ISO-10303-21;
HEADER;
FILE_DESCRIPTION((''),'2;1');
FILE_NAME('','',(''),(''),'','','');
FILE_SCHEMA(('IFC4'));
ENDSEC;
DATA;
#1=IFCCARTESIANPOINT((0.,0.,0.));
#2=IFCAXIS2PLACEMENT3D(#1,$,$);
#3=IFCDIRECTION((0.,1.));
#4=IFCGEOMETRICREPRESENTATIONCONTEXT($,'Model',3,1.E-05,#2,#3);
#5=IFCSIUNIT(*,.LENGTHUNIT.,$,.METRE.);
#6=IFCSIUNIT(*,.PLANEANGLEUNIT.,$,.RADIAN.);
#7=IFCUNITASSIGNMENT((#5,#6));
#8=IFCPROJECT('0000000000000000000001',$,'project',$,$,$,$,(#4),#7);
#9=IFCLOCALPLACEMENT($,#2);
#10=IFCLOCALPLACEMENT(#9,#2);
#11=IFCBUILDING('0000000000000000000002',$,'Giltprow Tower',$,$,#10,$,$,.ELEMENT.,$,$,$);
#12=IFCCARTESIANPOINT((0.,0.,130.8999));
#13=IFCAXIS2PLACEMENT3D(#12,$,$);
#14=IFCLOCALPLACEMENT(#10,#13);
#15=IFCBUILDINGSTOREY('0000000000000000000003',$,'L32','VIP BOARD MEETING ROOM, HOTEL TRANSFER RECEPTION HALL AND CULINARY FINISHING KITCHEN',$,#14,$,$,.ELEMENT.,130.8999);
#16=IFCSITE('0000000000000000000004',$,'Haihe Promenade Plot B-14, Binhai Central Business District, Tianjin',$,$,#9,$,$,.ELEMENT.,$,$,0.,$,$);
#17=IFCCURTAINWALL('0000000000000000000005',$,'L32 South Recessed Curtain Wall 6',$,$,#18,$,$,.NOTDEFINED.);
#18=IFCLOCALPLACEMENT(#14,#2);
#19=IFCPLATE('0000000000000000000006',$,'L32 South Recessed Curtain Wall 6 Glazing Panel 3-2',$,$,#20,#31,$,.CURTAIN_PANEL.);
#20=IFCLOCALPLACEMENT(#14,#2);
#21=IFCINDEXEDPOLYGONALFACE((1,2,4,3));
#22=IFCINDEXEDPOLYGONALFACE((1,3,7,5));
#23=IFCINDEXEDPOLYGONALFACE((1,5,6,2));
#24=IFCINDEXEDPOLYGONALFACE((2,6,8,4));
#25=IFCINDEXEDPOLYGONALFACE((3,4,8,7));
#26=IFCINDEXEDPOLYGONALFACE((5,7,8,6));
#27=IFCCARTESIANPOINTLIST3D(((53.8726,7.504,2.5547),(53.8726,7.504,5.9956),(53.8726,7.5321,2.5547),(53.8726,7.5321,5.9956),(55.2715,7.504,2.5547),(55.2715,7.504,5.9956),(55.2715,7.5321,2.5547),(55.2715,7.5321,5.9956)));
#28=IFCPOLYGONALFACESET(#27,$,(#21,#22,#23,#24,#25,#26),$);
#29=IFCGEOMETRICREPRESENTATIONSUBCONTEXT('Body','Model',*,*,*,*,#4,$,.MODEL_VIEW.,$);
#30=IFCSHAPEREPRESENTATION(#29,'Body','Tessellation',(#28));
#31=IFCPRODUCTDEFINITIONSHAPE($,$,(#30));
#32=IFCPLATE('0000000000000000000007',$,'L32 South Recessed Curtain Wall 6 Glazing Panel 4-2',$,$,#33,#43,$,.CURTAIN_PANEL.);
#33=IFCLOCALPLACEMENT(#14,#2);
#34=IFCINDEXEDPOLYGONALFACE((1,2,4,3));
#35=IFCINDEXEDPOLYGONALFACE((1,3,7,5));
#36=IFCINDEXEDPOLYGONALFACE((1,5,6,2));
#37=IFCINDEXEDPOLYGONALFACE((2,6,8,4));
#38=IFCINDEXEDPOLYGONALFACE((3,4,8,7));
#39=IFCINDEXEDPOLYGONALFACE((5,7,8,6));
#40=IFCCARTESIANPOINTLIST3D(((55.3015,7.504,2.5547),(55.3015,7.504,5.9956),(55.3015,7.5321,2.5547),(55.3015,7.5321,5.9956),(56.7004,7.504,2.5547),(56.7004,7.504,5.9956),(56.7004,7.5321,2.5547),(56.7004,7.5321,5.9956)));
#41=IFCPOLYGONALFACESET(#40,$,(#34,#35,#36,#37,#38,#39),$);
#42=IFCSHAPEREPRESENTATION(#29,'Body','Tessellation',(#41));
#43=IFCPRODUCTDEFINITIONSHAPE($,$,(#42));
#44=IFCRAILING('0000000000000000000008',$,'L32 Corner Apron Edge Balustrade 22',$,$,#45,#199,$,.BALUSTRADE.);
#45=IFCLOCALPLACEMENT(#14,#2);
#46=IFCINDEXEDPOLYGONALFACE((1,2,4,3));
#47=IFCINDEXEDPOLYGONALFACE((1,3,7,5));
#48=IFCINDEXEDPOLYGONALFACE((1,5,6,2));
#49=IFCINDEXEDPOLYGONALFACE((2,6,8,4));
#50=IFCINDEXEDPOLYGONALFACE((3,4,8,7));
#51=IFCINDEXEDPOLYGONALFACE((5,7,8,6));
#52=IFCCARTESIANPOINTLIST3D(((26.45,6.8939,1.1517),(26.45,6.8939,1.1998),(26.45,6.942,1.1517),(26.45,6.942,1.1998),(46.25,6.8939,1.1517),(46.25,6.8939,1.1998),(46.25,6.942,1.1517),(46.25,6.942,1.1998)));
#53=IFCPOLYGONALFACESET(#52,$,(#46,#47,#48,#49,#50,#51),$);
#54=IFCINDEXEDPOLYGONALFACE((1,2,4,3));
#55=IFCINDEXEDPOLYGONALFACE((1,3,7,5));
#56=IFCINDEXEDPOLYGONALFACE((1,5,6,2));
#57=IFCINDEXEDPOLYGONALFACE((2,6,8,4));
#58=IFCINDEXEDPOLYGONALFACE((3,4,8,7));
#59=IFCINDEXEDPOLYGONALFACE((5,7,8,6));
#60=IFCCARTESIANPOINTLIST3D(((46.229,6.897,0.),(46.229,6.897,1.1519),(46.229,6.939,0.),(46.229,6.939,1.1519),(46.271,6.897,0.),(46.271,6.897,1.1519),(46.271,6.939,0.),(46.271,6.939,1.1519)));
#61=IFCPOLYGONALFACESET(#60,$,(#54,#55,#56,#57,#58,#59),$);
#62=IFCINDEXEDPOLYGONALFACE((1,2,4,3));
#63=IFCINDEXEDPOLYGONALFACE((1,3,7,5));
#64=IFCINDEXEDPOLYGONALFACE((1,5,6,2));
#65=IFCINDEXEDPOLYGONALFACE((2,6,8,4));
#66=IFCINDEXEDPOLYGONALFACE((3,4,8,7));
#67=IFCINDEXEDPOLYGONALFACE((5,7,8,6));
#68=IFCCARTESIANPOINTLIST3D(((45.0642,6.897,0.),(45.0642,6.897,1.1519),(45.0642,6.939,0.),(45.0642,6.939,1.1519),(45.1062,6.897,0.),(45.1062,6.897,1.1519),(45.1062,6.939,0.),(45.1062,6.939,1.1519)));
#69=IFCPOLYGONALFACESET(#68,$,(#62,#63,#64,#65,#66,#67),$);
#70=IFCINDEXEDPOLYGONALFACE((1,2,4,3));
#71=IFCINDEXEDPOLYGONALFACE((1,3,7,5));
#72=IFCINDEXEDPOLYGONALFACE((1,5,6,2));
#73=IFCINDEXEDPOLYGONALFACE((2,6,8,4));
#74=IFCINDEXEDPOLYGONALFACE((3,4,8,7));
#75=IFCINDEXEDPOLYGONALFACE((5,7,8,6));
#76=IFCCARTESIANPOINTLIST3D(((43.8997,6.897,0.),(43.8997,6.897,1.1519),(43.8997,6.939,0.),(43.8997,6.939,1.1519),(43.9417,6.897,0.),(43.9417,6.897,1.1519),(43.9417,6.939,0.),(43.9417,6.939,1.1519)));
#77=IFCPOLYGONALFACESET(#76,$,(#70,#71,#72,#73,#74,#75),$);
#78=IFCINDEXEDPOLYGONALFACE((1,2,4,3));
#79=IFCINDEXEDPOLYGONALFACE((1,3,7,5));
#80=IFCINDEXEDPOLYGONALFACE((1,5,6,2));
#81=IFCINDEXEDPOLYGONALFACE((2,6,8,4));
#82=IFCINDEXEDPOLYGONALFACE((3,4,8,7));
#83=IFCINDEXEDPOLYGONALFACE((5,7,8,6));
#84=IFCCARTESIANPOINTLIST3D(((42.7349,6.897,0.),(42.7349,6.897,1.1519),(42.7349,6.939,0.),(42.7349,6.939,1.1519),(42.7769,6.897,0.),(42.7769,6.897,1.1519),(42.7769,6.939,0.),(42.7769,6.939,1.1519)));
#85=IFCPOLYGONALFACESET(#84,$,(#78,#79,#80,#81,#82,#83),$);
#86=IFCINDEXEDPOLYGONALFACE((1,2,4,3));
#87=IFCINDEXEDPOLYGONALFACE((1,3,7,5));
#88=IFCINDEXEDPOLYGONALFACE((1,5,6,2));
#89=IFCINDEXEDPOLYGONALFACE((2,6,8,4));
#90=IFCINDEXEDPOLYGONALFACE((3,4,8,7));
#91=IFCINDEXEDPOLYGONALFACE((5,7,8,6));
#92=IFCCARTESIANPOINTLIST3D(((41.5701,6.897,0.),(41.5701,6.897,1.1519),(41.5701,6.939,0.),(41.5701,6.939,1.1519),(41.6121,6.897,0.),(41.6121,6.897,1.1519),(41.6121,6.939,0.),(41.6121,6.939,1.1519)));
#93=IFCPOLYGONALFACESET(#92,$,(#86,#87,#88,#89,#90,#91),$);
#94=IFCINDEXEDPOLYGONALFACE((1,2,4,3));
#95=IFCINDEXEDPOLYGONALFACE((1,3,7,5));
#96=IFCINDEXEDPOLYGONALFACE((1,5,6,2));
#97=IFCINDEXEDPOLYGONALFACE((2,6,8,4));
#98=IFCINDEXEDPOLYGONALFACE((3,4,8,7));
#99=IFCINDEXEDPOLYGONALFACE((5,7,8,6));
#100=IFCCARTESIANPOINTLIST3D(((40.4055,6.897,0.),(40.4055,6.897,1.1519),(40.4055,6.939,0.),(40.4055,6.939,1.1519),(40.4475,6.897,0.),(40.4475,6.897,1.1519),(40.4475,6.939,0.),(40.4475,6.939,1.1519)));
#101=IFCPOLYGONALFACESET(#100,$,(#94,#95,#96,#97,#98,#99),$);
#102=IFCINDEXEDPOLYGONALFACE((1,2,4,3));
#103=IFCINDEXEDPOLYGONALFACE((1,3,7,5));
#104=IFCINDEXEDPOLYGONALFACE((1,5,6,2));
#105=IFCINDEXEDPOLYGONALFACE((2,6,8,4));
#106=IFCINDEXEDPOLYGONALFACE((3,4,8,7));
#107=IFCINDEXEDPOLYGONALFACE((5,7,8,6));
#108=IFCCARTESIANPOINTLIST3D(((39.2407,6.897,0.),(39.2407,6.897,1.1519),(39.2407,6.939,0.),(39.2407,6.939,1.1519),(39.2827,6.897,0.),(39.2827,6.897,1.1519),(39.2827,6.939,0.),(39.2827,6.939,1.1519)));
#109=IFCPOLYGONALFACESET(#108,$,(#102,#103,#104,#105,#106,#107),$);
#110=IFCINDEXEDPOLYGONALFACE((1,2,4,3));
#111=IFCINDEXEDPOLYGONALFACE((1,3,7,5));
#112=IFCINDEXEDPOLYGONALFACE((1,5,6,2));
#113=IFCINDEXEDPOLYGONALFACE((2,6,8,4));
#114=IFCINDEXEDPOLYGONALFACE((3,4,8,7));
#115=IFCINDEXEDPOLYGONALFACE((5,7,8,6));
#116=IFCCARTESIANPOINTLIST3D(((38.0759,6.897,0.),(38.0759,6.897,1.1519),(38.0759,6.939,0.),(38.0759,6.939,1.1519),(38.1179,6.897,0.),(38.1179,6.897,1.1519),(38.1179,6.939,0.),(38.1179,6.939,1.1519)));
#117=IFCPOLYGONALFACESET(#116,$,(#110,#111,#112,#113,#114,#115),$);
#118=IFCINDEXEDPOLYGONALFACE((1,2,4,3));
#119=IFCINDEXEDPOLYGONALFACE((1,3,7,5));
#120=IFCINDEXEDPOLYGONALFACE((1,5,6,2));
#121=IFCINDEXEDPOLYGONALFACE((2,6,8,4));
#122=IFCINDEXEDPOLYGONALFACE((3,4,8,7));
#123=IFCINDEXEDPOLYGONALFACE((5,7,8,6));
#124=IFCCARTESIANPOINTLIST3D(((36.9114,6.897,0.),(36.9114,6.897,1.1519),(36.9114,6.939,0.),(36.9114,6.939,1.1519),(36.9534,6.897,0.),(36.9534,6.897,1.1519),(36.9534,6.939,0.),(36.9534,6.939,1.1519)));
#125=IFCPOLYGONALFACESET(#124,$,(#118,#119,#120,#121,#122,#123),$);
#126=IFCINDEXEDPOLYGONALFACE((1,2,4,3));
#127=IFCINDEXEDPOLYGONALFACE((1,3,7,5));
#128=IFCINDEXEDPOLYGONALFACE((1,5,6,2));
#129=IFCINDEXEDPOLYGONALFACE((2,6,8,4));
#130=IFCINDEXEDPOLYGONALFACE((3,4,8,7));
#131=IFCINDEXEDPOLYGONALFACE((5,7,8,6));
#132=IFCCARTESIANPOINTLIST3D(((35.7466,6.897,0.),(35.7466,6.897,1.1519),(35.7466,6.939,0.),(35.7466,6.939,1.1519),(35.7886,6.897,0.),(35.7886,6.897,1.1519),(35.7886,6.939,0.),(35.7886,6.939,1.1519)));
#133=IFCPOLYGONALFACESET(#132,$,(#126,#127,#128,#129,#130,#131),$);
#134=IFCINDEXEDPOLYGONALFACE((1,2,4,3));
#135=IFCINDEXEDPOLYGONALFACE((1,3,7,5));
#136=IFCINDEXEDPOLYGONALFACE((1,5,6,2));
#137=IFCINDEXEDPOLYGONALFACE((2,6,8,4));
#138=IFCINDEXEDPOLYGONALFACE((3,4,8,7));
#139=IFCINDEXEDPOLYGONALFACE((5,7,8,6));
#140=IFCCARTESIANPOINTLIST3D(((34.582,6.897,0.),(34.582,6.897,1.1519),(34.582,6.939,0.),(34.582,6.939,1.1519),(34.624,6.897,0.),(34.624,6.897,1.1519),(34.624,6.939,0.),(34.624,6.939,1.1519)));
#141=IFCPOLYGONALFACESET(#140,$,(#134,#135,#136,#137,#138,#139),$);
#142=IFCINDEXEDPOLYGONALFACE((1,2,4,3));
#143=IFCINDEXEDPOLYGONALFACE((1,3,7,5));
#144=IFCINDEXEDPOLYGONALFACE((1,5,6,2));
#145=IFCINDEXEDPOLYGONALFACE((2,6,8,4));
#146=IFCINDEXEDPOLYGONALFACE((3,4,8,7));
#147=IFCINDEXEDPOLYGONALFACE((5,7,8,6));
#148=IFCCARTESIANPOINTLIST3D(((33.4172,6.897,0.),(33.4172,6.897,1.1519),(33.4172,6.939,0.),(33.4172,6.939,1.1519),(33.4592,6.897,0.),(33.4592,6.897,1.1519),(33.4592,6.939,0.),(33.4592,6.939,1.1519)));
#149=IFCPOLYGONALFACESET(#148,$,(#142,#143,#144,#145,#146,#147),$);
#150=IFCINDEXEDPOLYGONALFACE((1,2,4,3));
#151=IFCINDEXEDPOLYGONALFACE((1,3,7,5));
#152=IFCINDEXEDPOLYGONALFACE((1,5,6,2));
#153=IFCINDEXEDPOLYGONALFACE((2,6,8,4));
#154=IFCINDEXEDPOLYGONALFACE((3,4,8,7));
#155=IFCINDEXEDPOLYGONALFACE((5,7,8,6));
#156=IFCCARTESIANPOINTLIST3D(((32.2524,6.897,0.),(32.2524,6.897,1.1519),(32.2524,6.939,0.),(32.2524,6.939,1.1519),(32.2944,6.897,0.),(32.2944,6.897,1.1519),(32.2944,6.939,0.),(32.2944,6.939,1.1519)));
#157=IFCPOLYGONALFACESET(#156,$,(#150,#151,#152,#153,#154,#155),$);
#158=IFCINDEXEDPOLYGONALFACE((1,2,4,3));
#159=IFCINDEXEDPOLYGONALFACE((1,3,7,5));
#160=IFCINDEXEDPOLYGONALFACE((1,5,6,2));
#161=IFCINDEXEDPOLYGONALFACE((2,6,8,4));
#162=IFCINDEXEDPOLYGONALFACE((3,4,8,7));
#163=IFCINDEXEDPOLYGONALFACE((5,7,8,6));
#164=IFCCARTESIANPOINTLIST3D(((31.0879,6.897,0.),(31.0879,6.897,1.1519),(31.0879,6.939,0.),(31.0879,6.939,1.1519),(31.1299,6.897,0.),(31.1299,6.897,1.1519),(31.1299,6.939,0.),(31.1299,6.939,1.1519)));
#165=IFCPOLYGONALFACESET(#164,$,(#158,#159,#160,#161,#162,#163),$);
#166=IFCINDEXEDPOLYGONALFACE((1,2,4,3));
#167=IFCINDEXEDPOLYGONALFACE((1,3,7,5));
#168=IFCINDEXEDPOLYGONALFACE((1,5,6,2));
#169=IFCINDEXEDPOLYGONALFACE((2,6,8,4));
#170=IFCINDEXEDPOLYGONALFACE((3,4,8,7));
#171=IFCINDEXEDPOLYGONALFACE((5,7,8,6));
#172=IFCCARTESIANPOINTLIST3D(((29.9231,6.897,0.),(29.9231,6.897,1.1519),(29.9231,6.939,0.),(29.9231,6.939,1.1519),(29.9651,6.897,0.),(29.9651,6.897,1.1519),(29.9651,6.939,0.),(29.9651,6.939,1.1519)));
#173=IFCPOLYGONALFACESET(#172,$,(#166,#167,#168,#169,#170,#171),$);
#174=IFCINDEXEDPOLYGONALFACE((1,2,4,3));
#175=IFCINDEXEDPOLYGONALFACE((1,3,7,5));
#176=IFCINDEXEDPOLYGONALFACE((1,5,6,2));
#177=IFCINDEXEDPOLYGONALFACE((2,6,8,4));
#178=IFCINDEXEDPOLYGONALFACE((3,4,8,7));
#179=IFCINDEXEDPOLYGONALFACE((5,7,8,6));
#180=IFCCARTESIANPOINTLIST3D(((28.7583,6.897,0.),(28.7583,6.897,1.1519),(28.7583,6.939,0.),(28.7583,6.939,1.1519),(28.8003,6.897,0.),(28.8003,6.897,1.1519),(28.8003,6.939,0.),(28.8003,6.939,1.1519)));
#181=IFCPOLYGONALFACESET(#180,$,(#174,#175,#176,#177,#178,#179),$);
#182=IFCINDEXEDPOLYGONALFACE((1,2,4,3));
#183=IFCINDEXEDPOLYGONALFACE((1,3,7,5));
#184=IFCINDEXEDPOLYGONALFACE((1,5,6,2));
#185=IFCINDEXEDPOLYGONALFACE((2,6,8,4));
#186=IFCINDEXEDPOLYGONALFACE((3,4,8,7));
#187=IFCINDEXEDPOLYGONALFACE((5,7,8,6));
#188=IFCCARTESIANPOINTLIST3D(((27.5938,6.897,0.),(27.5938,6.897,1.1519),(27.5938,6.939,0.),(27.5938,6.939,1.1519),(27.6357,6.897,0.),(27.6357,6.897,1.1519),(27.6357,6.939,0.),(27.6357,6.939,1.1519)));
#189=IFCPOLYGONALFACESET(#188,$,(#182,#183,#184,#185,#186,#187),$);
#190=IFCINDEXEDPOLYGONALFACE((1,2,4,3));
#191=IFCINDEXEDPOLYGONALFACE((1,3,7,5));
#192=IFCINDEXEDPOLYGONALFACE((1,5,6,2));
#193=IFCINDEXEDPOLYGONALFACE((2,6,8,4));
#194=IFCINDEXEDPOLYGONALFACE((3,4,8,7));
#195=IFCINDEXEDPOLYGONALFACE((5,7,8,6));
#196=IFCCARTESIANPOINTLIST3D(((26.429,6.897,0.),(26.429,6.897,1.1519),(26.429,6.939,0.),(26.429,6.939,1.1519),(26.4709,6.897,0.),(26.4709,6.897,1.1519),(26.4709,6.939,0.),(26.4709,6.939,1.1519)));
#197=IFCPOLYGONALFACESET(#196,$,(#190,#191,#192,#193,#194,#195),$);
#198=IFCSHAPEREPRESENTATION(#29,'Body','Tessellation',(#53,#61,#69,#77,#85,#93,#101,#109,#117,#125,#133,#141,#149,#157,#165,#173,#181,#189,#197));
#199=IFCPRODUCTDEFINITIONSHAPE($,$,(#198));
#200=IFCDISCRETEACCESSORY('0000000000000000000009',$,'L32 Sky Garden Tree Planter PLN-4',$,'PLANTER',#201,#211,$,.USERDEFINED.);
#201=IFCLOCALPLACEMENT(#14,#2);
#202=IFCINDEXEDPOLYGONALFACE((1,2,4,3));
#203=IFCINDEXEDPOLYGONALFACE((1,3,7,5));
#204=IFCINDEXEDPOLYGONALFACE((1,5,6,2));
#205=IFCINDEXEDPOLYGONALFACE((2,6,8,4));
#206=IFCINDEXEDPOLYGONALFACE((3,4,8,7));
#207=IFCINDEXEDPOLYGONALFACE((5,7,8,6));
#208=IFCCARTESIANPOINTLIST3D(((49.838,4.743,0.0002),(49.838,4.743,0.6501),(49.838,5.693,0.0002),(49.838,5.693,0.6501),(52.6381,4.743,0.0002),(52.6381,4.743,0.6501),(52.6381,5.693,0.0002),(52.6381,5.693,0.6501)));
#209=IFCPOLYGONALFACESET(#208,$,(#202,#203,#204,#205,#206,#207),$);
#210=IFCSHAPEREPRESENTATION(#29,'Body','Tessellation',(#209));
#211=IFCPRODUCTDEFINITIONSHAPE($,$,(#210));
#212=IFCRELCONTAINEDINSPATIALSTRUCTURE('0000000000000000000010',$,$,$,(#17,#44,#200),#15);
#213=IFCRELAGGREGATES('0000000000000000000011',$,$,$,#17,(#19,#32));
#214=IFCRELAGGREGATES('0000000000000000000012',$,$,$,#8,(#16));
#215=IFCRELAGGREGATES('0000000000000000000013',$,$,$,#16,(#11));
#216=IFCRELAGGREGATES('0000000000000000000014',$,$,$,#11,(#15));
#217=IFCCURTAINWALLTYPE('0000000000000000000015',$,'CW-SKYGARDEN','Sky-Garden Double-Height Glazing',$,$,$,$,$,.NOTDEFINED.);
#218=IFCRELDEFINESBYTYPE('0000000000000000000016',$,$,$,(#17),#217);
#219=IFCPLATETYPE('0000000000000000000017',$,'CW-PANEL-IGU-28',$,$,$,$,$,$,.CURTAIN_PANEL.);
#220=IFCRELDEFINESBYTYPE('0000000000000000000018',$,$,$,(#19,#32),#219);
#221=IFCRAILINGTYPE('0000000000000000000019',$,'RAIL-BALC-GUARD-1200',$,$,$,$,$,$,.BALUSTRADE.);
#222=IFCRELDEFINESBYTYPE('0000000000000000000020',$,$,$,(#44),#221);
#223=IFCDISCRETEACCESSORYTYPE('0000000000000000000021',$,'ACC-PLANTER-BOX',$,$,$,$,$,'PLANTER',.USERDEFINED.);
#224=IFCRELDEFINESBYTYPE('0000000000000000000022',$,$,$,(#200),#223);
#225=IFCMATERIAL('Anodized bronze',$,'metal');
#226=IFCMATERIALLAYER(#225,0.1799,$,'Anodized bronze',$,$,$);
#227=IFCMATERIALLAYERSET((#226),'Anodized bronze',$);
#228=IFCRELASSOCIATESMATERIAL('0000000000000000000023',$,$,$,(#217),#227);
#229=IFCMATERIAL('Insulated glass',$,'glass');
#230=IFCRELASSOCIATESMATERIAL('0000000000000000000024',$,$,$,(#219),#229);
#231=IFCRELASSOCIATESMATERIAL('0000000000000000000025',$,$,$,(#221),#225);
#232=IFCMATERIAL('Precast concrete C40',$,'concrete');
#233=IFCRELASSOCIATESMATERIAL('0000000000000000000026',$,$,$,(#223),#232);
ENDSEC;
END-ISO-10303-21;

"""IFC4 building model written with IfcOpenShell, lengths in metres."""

from ifc_helpers import new_model, si_unit, direction, frame, origin, origin_2d, place, context, subcontext, project, spatial, rectangle, extrude, source, transform, mapped, material, layer, layer_set, type_object, element, aggregate, save


model = new_model("IFC4")

# Units and contexts
model_context = context("Model", 3, precision=1e-05, world=origin(), true_north=direction((0.0, 1.0)))
body_context = subcontext(model_context, "Body", "Model", "MODEL_VIEW")
ifc_project = project(units=[si_unit("LENGTHUNIT", "METRE"), si_unit("PLANEANGLEUNIT", "RADIAN")], contexts=[model_context])

# Site, building, storey
site_placement = place(None, origin())
site = spatial("IfcSite", under=ifc_project, at=site_placement, Name="Haihe Promenade Plot B-14, Binhai Central Business District, Tianjin", CompositionType="ELEMENT", RefElevation=0.0)
building_placement = place(site_placement, origin())
building = spatial("IfcBuilding", under=site, at=building_placement, Name="Giltprow Tower", CompositionType="ELEMENT")
storey_placement = place(building_placement, frame((0.0, 0.0, 130.8999)))
storey = spatial("IfcBuildingStorey", under=building, at=storey_placement, Name="L32", Description="VIP BOARD MEETING ROOM, HOTEL TRANSFER RECEPTION HALL AND CULINARY FINISHING KITCHEN", CompositionType="ELEMENT", Elevation=130.8999)

# Curtain wall
ifc_material_1 = material(Name="Anodized bronze", Category="metal")
ifc_layer = layer(ifc_material_1, 0.1799, Name="Anodized bronze")
ifc_layer_set = layer_set([ifc_layer], Name="Anodized bronze")
curtain_wall_type = type_object("IfcCurtainWallType", Name="CW-SKYGARDEN", Description="Sky-Garden Double-Height Glazing", PredefinedType="NOTDEFINED", material=ifc_layer_set)
curtain_wall_placement = place(storey_placement, origin())
curtain_wall = element("IfcCurtainWall", 1, at=curtain_wall_placement, inside=storey, type_object=curtain_wall_type, Name="L32 South Recessed Curtain Wall 6", PredefinedType="NOTDEFINED")

# Plates
ifc_material_2 = material(Name="Insulated glass", Category="glass")
plate_type_1 = type_object("IfcPlateType", Name="CW-PANEL-IGU-28", PredefinedType="CURTAIN_PANEL", material=ifc_material_2)
shared_shape_1 = source(origin(), body_context, "Body", "SweptSolid", [
    extrude(rectangle(XDim=1.3989, YDim=0.0281, at=origin_2d()), origin(), (0.0, 0.0, 1.0), 3.4409),
])
plate_1_placement = place(storey_placement, frame((54.572, 7.5181, 2.5547), z_axis=(0.0, 0.0, 1.0), x_axis=(1.0, 0.0, 0.0)))
plate_1 = element("IfcPlate", 2, at=plate_1_placement, type_object=plate_type_1, Name="L32 South Recessed Curtain Wall 6 Glazing Panel 3-2", PredefinedType="CURTAIN_PANEL", context=body_context, shape_type="MappedRepresentation", body=[
    mapped(shared_shape_1, transform((0.0, 0.0, 0.0), x_axis=(1.0, 0.0, 0.0), y_axis=(0.0, 1.0, 0.0), z_axis=(0.0, 0.0, 1.0), scale=1.0)),
])
plate_2_placement = place(storey_placement, frame((56.001, 7.5181, 2.5547), z_axis=(0.0, 0.0, 1.0), x_axis=(1.0, 0.0, 0.0)))
plate_2 = element("IfcPlate", 3, at=plate_2_placement, type_object=plate_type_1, Name="L32 South Recessed Curtain Wall 6 Glazing Panel 4-2", PredefinedType="CURTAIN_PANEL", context=body_context, shape_type="MappedRepresentation", body=[
    mapped(shared_shape_1, transform((0.0, 0.0, 0.0), x_axis=(1.0, 0.0, 0.0), y_axis=(0.0, 1.0, 0.0), z_axis=(0.0, 0.0, 1.0), scale=1.0)),
])
aggregate(curtain_wall, [plate_1, plate_2])

# Railing
railing_type = type_object("IfcRailingType", Name="RAIL-BALC-GUARD-1200", PredefinedType="BALUSTRADE", material=ifc_material_1)
railing_placement = place(storey_placement, frame((46.25, 6.918, 0.0)))
element("IfcRailing", 4, at=railing_placement, inside=storey, type_object=railing_type, Name="L32 Corner Apron Edge Balustrade 22", PredefinedType="BALUSTRADE", context=body_context, shape_type="SweptSolid", body=[
    extrude(rectangle(XDim=0.0481, YDim=0.0481, at=origin_2d()), frame((0.0, 0.0, 1.1758), z_axis=(-1.0, 0.0, 0.0), x_axis=(0.0, -1.0, 0.0)), (0.0, 0.0, 1.0), 19.8),
    extrude(rectangle(XDim=0.042, YDim=0.042, at=origin_2d()), origin(), (0.0, 0.0, 1.0), 1.1519),
    extrude(rectangle(XDim=0.042, YDim=0.042, at=origin_2d()), frame((-1.1648, 0.0, 0.0)), (0.0, 0.0, 1.0), 1.1519),
    extrude(rectangle(XDim=0.042, YDim=0.042, at=origin_2d()), frame((-2.3293, 0.0, 0.0)), (0.0, 0.0, 1.0), 1.1519),
    extrude(rectangle(XDim=0.042, YDim=0.042, at=origin_2d()), frame((-3.4941, 0.0, 0.0)), (0.0, 0.0, 1.0), 1.1519),
    extrude(rectangle(XDim=0.042, YDim=0.042, at=origin_2d()), frame((-4.6589, 0.0, 0.0)), (0.0, 0.0, 1.0), 1.1519),
    extrude(rectangle(XDim=0.042, YDim=0.042, at=origin_2d()), frame((-5.8235, 0.0, 0.0)), (0.0, 0.0, 1.0), 1.1519),
    extrude(rectangle(XDim=0.042, YDim=0.042, at=origin_2d()), frame((-6.9883, 0.0, 0.0)), (0.0, 0.0, 1.0), 1.1519),
    extrude(rectangle(XDim=0.042, YDim=0.042, at=origin_2d()), frame((-8.1531, 0.0, 0.0)), (0.0, 0.0, 1.0), 1.1519),
    extrude(rectangle(XDim=0.042, YDim=0.042, at=origin_2d()), frame((-9.3176, 0.0, 0.0)), (0.0, 0.0, 1.0), 1.1519),
    extrude(rectangle(XDim=0.042, YDim=0.042, at=origin_2d()), frame((-10.4824, 0.0, 0.0)), (0.0, 0.0, 1.0), 1.1519),
    extrude(rectangle(XDim=0.042, YDim=0.042, at=origin_2d()), frame((-11.647, 0.0, 0.0)), (0.0, 0.0, 1.0), 1.1519),
    extrude(rectangle(XDim=0.042, YDim=0.042, at=origin_2d()), frame((-12.8118, 0.0, 0.0)), (0.0, 0.0, 1.0), 1.1519),
    extrude(rectangle(XDim=0.042, YDim=0.042, at=origin_2d()), frame((-13.9766, 0.0, 0.0)), (0.0, 0.0, 1.0), 1.1519),
    extrude(rectangle(XDim=0.042, YDim=0.042, at=origin_2d()), frame((-15.1411, 0.0, 0.0)), (0.0, 0.0, 1.0), 1.1519),
    extrude(rectangle(XDim=0.042, YDim=0.042, at=origin_2d()), frame((-16.3059, 0.0, 0.0)), (0.0, 0.0, 1.0), 1.1519),
    extrude(rectangle(XDim=0.042, YDim=0.042, at=origin_2d()), frame((-17.4707, 0.0, 0.0)), (0.0, 0.0, 1.0), 1.1519),
    extrude(rectangle(XDim=0.042, YDim=0.042, at=origin_2d()), frame((-18.6353, 0.0, 0.0)), (0.0, 0.0, 1.0), 1.1519),
    extrude(rectangle(XDim=0.042, YDim=0.042, at=origin_2d()), frame((-19.8, 0.0, 0.0)), (0.0, 0.0, 1.0), 1.1519),
])

# Discrete accessory
ifc_material_3 = material(Name="Precast concrete C40", Category="concrete")
discrete_accessory_type = type_object("IfcDiscreteAccessoryType", Name="ACC-PLANTER-BOX", ElementType="PLANTER", PredefinedType="USERDEFINED", material=ifc_material_3)
shared_shape_2 = source(origin(), body_context, "Body", "SweptSolid", [
    extrude(rectangle(XDim=2.8, YDim=0.95, at=origin_2d()), origin(), (0.0, 0.0, 1.0), 0.6499),
])
discrete_accessory_placement = place(storey_placement, frame((51.238, 5.218, 0.0002), z_axis=(0.0, 0.0, 1.0), x_axis=(1.0, 0.0, 0.0)))
element("IfcDiscreteAccessory", 5, at=discrete_accessory_placement, inside=storey, type_object=discrete_accessory_type, Name="L32 Sky Garden Tree Planter PLN-4", ObjectType="PLANTER", PredefinedType="USERDEFINED", context=body_context, shape_type="MappedRepresentation", body=[
    mapped(shared_shape_2, transform((0.0, 0.0, 0.0), x_axis=(1.0, 0.0, 0.0), y_axis=(0.0, 1.0, 0.0), z_axis=(0.0, 0.0, 1.0), scale=1.0)),
])

save(model, "model.ifc")
